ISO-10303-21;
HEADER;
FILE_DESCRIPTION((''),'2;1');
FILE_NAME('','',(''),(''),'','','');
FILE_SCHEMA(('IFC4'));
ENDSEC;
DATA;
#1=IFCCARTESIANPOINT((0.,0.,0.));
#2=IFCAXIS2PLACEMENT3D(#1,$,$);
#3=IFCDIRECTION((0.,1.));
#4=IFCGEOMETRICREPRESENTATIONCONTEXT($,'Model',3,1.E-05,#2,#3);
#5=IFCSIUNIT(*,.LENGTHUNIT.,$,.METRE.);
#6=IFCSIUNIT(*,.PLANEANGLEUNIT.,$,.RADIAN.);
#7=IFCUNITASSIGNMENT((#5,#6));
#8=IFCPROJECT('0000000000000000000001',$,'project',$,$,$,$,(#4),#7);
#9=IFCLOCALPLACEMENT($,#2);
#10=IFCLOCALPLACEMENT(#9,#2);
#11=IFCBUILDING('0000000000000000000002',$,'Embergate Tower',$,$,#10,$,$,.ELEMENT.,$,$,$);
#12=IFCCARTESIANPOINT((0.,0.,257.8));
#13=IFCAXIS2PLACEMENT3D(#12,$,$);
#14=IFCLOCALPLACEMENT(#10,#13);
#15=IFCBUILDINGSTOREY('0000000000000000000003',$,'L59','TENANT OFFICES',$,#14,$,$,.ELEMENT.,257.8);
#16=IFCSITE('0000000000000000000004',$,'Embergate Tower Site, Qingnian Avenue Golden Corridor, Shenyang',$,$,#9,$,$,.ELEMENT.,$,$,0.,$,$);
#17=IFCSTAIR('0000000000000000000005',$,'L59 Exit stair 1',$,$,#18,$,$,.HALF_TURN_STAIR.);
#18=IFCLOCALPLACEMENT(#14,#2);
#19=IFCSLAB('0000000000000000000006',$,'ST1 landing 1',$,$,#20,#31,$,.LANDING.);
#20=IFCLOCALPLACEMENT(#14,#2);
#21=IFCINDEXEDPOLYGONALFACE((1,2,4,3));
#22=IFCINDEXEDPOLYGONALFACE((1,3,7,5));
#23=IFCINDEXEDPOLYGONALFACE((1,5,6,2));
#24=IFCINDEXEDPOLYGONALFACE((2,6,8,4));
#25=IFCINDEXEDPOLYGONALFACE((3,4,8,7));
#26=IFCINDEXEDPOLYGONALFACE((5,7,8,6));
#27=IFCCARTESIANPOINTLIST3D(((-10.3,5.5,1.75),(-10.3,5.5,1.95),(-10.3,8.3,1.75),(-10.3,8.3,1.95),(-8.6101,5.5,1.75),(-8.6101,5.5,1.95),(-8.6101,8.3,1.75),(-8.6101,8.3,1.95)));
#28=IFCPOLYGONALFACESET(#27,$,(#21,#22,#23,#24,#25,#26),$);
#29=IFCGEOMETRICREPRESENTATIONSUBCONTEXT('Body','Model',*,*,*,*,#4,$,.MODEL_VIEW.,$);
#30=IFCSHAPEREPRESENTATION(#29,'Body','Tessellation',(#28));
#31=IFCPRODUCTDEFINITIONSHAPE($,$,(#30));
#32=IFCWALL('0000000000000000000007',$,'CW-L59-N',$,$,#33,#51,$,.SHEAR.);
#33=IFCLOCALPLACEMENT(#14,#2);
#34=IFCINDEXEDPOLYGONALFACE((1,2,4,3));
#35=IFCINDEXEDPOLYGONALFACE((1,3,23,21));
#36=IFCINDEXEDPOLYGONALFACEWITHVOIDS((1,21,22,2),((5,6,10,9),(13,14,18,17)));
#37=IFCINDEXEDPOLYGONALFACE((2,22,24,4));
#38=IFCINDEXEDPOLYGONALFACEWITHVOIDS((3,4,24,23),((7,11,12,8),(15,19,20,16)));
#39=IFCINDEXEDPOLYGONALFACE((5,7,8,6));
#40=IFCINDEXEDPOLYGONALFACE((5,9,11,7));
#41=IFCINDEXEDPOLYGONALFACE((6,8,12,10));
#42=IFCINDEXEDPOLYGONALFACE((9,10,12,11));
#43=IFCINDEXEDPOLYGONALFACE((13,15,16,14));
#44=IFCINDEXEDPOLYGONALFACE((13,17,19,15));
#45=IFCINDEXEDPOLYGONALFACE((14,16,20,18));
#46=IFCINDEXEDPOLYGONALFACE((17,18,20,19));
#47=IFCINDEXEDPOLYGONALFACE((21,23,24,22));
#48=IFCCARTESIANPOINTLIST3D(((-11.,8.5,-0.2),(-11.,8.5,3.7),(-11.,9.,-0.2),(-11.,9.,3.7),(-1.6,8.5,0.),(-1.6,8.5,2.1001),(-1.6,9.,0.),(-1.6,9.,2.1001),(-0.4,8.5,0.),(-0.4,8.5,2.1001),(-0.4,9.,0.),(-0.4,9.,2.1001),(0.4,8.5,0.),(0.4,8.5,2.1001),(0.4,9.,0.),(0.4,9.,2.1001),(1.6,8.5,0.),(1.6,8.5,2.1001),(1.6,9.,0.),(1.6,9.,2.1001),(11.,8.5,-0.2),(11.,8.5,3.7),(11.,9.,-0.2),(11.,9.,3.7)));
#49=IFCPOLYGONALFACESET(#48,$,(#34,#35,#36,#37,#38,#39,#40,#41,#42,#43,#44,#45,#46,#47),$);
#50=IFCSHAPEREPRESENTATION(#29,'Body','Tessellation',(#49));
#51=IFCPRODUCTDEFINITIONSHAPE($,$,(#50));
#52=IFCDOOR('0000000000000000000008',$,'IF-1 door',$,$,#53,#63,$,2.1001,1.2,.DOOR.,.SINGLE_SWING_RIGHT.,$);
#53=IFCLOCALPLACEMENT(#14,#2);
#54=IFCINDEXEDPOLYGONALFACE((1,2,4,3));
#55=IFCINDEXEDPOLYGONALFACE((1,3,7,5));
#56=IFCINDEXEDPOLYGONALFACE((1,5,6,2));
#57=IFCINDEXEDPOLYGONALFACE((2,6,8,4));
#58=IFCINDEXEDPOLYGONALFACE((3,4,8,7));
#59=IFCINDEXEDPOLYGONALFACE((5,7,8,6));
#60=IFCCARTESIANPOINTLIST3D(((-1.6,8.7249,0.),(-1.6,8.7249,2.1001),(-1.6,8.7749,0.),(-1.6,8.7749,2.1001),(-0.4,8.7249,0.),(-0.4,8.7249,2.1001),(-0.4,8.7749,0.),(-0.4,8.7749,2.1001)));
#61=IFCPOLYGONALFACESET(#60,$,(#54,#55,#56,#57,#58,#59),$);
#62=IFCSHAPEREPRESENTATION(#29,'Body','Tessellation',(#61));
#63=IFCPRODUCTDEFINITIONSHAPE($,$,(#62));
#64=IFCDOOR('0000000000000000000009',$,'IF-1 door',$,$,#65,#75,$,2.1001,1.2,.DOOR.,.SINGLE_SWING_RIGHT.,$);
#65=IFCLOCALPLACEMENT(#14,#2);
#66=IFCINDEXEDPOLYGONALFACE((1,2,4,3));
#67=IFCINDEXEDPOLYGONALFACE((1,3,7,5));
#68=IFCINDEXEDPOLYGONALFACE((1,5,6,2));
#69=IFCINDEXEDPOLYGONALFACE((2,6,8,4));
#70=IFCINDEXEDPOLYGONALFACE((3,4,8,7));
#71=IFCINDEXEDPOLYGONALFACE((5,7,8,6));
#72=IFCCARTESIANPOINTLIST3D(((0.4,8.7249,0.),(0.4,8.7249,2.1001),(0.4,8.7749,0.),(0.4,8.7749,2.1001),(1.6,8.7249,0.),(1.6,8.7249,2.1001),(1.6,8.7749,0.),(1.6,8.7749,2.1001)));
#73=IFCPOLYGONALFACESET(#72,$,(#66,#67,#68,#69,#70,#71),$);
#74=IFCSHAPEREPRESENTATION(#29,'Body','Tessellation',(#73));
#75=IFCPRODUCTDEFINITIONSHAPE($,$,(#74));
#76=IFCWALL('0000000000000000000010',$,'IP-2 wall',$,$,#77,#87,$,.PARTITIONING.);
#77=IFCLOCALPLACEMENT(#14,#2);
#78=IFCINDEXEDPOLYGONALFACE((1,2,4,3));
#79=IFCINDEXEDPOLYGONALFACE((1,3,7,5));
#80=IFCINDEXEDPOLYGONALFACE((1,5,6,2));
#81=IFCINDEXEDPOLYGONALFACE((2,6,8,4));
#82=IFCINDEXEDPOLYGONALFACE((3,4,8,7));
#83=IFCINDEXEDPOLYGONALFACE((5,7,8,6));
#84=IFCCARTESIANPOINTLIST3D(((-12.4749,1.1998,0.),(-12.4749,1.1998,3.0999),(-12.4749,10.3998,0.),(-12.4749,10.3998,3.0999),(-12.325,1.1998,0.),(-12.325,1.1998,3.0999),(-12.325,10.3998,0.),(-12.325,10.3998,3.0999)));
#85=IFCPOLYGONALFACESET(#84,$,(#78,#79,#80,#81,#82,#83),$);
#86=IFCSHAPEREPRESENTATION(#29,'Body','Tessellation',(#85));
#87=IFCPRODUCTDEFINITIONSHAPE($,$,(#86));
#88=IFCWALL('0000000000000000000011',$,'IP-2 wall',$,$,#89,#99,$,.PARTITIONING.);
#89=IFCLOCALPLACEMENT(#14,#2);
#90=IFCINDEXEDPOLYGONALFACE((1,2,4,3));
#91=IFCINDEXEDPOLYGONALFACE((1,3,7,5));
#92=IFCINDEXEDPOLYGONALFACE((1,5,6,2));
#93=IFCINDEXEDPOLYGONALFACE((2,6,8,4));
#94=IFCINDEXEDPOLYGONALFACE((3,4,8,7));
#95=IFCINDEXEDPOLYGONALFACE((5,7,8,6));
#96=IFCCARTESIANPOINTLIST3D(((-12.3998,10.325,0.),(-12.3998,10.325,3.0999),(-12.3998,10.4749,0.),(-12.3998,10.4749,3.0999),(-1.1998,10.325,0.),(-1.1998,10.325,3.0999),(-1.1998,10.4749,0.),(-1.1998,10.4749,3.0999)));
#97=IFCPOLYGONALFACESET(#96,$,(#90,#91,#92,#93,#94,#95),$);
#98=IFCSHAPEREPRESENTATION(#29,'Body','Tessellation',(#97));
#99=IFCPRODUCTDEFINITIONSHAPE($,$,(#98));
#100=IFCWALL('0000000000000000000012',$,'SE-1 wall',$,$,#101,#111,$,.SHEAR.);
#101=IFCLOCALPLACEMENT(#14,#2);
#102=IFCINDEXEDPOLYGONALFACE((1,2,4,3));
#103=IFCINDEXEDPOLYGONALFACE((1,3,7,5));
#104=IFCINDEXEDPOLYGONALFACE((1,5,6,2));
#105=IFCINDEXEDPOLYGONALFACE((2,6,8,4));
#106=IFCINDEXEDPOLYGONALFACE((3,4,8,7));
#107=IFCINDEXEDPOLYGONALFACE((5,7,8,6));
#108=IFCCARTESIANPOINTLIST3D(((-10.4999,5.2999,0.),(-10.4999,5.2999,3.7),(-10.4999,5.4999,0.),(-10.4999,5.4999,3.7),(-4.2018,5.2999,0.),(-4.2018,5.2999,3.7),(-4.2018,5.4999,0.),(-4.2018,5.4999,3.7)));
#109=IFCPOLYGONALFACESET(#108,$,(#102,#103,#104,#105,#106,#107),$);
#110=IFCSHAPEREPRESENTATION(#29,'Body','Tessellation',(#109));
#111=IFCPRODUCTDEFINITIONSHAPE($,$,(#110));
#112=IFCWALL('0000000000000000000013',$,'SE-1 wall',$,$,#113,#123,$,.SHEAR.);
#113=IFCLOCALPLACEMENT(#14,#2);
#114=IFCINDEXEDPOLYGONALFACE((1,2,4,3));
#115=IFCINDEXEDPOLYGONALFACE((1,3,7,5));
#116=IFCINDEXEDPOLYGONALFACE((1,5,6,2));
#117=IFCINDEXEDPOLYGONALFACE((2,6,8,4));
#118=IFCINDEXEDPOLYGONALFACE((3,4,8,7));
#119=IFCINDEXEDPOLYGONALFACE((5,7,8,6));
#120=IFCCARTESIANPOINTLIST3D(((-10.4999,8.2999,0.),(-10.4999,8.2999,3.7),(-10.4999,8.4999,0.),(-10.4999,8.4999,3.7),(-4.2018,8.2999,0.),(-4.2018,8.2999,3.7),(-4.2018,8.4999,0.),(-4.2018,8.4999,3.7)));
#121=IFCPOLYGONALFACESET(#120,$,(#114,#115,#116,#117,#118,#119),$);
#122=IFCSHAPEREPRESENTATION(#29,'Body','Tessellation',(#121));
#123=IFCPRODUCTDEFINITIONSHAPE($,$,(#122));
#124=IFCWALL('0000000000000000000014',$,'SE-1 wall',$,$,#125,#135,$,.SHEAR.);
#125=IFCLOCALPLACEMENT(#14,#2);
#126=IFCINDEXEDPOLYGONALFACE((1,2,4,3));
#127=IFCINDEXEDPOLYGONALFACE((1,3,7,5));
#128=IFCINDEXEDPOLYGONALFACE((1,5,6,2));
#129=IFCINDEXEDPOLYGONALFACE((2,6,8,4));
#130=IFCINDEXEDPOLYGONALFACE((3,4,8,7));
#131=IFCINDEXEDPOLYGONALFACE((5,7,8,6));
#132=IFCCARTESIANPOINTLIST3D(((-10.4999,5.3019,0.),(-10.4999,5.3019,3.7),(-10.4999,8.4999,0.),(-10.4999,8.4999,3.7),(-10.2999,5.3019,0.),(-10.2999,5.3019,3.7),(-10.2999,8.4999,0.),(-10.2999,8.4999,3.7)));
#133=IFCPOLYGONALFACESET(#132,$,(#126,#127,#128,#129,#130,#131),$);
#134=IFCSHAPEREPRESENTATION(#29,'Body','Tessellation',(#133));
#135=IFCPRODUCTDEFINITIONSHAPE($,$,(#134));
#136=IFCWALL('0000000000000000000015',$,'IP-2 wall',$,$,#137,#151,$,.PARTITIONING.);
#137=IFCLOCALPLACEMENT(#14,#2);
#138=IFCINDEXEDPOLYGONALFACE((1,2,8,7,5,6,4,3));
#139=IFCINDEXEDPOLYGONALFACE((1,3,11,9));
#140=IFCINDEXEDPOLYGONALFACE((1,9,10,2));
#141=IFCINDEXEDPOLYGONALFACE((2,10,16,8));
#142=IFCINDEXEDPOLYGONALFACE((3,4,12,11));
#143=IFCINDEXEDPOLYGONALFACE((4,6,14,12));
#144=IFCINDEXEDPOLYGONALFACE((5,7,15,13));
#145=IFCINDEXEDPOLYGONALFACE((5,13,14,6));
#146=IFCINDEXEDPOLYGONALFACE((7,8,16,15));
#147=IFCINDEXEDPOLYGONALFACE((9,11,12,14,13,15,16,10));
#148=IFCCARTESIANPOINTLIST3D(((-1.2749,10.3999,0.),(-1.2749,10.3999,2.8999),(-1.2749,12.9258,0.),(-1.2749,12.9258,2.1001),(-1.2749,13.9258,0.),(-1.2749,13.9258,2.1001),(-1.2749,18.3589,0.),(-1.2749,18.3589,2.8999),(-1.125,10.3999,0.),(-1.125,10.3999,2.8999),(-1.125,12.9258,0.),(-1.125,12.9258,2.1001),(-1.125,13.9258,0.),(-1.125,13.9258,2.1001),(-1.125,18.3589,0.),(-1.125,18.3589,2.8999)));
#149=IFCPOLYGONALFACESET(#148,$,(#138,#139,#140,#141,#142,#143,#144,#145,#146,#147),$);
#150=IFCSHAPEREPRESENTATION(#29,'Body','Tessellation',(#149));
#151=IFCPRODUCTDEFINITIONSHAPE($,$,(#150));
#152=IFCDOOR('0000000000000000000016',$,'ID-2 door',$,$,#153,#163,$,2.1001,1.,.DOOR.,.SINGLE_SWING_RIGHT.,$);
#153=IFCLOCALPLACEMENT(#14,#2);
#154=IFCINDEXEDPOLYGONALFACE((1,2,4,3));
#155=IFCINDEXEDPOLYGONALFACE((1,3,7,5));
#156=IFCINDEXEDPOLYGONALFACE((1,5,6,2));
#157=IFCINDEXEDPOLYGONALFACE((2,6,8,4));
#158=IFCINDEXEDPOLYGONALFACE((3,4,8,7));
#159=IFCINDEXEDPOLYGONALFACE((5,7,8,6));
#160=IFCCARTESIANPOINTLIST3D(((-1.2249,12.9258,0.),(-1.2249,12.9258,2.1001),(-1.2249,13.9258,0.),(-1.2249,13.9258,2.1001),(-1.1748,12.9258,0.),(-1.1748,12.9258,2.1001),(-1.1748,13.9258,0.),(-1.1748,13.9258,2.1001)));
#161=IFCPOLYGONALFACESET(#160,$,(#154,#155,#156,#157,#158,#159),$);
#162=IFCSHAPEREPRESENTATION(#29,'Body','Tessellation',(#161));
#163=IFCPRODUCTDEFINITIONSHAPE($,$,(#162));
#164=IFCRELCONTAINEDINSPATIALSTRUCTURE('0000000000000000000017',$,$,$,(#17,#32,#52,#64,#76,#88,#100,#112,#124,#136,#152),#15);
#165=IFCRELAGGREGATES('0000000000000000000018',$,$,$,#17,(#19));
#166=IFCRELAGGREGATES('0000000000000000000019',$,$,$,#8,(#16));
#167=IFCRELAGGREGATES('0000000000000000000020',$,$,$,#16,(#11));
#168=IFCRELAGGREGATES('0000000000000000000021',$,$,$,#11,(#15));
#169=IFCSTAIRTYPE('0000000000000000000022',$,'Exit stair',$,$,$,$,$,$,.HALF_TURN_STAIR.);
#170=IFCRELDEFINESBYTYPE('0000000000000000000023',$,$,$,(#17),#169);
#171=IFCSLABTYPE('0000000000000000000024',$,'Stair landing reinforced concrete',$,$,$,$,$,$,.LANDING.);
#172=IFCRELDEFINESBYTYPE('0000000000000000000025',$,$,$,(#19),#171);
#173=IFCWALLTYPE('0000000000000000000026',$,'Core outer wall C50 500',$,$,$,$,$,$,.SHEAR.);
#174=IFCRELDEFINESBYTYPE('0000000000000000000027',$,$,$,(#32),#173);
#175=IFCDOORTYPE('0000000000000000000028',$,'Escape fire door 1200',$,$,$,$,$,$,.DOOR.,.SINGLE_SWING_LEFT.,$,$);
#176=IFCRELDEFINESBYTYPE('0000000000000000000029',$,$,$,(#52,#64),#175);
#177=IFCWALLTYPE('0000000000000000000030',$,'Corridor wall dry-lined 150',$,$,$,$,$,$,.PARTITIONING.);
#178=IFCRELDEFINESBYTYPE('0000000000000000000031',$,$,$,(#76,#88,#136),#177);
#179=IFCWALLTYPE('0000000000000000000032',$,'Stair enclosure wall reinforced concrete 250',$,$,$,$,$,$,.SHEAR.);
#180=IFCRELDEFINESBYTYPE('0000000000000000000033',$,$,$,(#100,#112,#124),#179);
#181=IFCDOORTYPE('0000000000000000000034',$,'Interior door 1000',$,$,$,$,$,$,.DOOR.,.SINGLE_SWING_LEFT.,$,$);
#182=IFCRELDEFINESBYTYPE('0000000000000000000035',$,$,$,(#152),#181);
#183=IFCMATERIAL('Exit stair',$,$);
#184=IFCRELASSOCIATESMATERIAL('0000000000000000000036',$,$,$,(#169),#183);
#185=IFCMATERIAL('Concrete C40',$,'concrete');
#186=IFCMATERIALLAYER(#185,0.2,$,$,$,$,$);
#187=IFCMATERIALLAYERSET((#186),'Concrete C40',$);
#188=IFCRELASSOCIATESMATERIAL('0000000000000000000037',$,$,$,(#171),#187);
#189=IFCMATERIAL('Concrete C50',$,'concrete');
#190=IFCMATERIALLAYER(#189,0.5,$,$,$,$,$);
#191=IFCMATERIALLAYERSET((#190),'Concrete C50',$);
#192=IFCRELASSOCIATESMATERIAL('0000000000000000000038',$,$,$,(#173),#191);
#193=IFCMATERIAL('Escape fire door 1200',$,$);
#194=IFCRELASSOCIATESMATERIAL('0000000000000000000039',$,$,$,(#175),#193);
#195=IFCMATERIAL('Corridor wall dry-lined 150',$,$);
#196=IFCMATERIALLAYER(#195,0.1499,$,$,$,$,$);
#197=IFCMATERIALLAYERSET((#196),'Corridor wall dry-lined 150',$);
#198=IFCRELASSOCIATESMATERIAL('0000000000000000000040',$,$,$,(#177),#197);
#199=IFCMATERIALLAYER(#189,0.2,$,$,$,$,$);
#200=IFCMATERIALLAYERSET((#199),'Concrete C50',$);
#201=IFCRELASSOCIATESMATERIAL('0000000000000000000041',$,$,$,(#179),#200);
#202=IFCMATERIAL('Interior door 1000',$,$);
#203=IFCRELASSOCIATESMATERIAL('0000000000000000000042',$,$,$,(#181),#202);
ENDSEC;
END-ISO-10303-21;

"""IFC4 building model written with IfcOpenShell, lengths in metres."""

from ifc_helpers import new_model, si_unit, direction, frame, frame_2d, origin, place, context, subcontext, project, spatial, polyline, rectangle, outline, extrude, source, transform, mapped, material, layer, layer_set, type_object, element, fill, aggregate, save


model = new_model("IFC4")

# Units and contexts
model_context = context("Model", 3, precision=1e-05, world=origin(), true_north=direction((0.0, 1.0)))
body_context = subcontext(model_context, "Body", "Model", "MODEL_VIEW")
ifc_project = project(units=[si_unit("LENGTHUNIT", "METRE"), si_unit("PLANEANGLEUNIT", "RADIAN")], contexts=[model_context])

# Site, building, storey
site_placement = place(None, origin())
site = spatial("IfcSite", under=ifc_project, at=site_placement, Name="Embergate Tower Site, Qingnian Avenue Golden Corridor, Shenyang", CompositionType="ELEMENT", RefElevation=0.0)
building_placement = place(site_placement, origin())
building = spatial("IfcBuilding", under=site, at=building_placement, Name="Embergate Tower", CompositionType="ELEMENT")
storey_placement = place(building_placement, frame((0.0, 0.0, 257.8)))
storey = spatial("IfcBuildingStorey", under=building, at=storey_placement, Name="L59", Description="TENANT OFFICES", CompositionType="ELEMENT", Elevation=257.8)

# Stair, slab
ifc_material_1 = material(Name="Exit stair")
stair_type = type_object("IfcStairType", Name="Exit stair", PredefinedType="HALF_TURN_STAIR", material=ifc_material_1)
stair_placement = place(storey_placement, origin())
stair = element("IfcStair", 1, at=stair_placement, inside=storey, type_object=stair_type, Name="L59 Exit stair 1", PredefinedType="HALF_TURN_STAIR")
ifc_material_2 = material(Name="Concrete C40", Category="concrete")
ifc_layer_1 = layer(ifc_material_2, 0.2)
ifc_layer_set_1 = layer_set([ifc_layer_1], Name="Concrete C40")
slab_type = type_object("IfcSlabType", Name="Stair landing reinforced concrete", PredefinedType="LANDING", material=ifc_layer_set_1)
shared_shape_1 = source(origin(), body_context, "Body", "SweptSolid", [
    extrude(outline(polyline([(0.0, 0.0), (1.6899, 0.0), (1.6899, 2.8), (0.0, 2.8), (0.0, 0.0)])), origin(), (0.0, 0.0, 1.0), 0.2),
])
slab_placement = place(storey_placement, frame((-10.3, 5.5, 1.75)))
slab = element("IfcSlab", 2, at=slab_placement, type_object=slab_type, Name="ST1 landing 1", PredefinedType="LANDING", context=body_context, shape_type="MappedRepresentation", body=[
    mapped(shared_shape_1, transform((0.0, 0.0, 0.0))),
])

# Wall, openings, doors
ifc_material_3 = material(Name="Concrete C50", Category="concrete")
ifc_layer_2 = layer(ifc_material_3, 0.5)
ifc_layer_set_2 = layer_set([ifc_layer_2], Name="Concrete C50")
wall_type_1 = type_object("IfcWallType", Name="Core outer wall C50 500", PredefinedType="SHEAR", material=ifc_layer_set_2)
shared_shape_2 = source(origin(), body_context, "Body", "SweptSolid", [
    extrude(rectangle(XDim=22.0, YDim=0.5, at=frame_2d((11.0, 0.0))), origin(), (0.0, 0.0, 1.0), 3.8999),
])
wall_1_placement = place(storey_placement, frame((-11.0, 8.75, -0.2), z_axis=(0.0, 0.0, 1.0), x_axis=(1.0, 0.0, 0.0)))
wall_1 = element("IfcWall", 3, at=wall_1_placement, inside=storey, type_object=wall_type_1, Name="CW-L59-N", PredefinedType="SHEAR", context=body_context, shape_type="MappedRepresentation", body=[
    mapped(shared_shape_2, transform((0.0, 0.0, 0.0))),
])
shared_shape_3 = source(origin(), body_context, "Body", "SweptSolid", [
    extrude(rectangle(XDim=1.2, YDim=2.1001, at=frame_2d((0.6001, 1.05))), frame((0.0, 0.26, 0.0), z_axis=(0.0, -1.0, 0.0), x_axis=(1.0, 0.0, 0.0)), (0.0, 0.0, 1.0), 0.52),
])
opening_1_placement = place(wall_1_placement, frame((9.3999, 0.0, 0.2)))
opening_1 = element("IfcOpeningElement", 4, at=opening_1_placement, cuts=wall_1, PredefinedType="OPENING", context=body_context, shape_type="MappedRepresentation", body=[
    mapped(shared_shape_3, transform((0.0, 0.0, 0.0))),
])
opening_2_placement = place(wall_1_placement, frame((11.3999, 0.0, 0.2)))
opening_2 = element("IfcOpeningElement", 5, at=opening_2_placement, cuts=wall_1, PredefinedType="OPENING", context=body_context, shape_type="MappedRepresentation", body=[
    mapped(shared_shape_3, transform((0.0, 0.0, 0.0))),
])
ifc_material_4 = material(Name="Escape fire door 1200")
door_type_1 = type_object("IfcDoorType", Name="Escape fire door 1200", OperationType="SINGLE_SWING_LEFT", PredefinedType="DOOR", material=ifc_material_4)
shared_shape_4 = source(origin(), body_context, "Body", "SweptSolid", [
    extrude(rectangle(XDim=1.2, YDim=2.1001, at=frame_2d((0.6001, 1.05))), frame((0.0, 0.0249, 0.0), z_axis=(0.0, -1.0, 0.0), x_axis=(1.0, 0.0, 0.0)), (0.0, 0.0, 1.0), 0.05),
])
door_1_placement = place(opening_1_placement, origin())
door_1 = element("IfcDoor", 6, at=door_1_placement, inside=storey, type_object=door_type_1, Name="IF-1 door", OperationType="SINGLE_SWING_RIGHT", OverallHeight=2.1001, OverallWidth=1.2, PredefinedType="DOOR", context=body_context, shape_type="MappedRepresentation", body=[
    mapped(shared_shape_4, transform((0.0, 0.0, 0.0))),
])
fill(opening_1, door_1)
door_2_placement = place(opening_2_placement, origin())
door_2 = element("IfcDoor", 7, at=door_2_placement, inside=storey, type_object=door_type_1, Name="IF-1 door", OperationType="SINGLE_SWING_RIGHT", OverallHeight=2.1001, OverallWidth=1.2, PredefinedType="DOOR", context=body_context, shape_type="MappedRepresentation", body=[
    mapped(shared_shape_4, transform((0.0, 0.0, 0.0))),
])
fill(opening_2, door_2)

# Walls
ifc_material_5 = material(Name="Corridor wall dry-lined 150")
ifc_layer_3 = layer(ifc_material_5, 0.1499)
ifc_layer_set_3 = layer_set([ifc_layer_3], Name="Corridor wall dry-lined 150")
wall_type_2 = type_object("IfcWallType", Name="Corridor wall dry-lined 150", PredefinedType="PARTITIONING", material=ifc_layer_set_3)
shared_shape_5 = source(origin(), body_context, "Body", "SweptSolid", [
    extrude(rectangle(XDim=9.2, YDim=0.1499, at=frame_2d((4.6001, 0.0))), origin(), (0.0, 0.0, 1.0), 3.0999),
])
wall_2_placement = place(storey_placement, frame((-12.3999, 10.3999, 0.0), z_axis=(0.0, 0.0, 1.0), x_axis=(0.0, -1.0, 0.0)))
element("IfcWall", 8, at=wall_2_placement, inside=storey, type_object=wall_type_2, Name="IP-2 wall", PredefinedType="PARTITIONING", context=body_context, shape_type="MappedRepresentation", body=[
    mapped(shared_shape_5, transform((0.0, 0.0, 0.0))),
])
shared_shape_6 = source(origin(), body_context, "Body", "SweptSolid", [
    extrude(rectangle(XDim=11.2, YDim=0.1499, at=frame_2d((5.6001, 0.0))), origin(), (0.0, 0.0, 1.0), 3.0999),
])
wall_3_placement = place(storey_placement, frame((-12.3999, 10.3999, 0.0), z_axis=(0.0, 0.0, 1.0), x_axis=(1.0, 0.0, 0.0)))
element("IfcWall", 9, at=wall_3_placement, inside=storey, type_object=wall_type_2, Name="IP-2 wall", PredefinedType="PARTITIONING", context=body_context, shape_type="MappedRepresentation", body=[
    mapped(shared_shape_6, transform((0.0, 0.0, 0.0))),
])
ifc_layer_4 = layer(ifc_material_3, 0.2)
ifc_layer_set_4 = layer_set([ifc_layer_4], Name="Concrete C50")
wall_type_3 = type_object("IfcWallType", Name="Stair enclosure wall reinforced concrete 250", PredefinedType="SHEAR", material=ifc_layer_set_4)
shared_shape_7 = source(origin(), body_context, "Body", "SweptSolid", [
    extrude(rectangle(XDim=6.2981, YDim=0.2, at=frame_2d((3.1489, 0.0))), origin(), (0.0, 0.0, 1.0), 3.7),
])
for number, where, z_axis, x_axis, name in (
    (10, (-4.2019, 5.3999, 0.0), (0.0, 0.0, 1.0), (-1.0, 0.0, 0.0), "SE-1 wall"),
    (11, (-4.2019, 8.3999, 0.0), (0.0, 0.0, 1.0), (-1.0, 0.0, 0.0), "SE-1 wall"),
):
    element("IfcWall", number, at=place(storey_placement, frame(where, z_axis=z_axis, x_axis=x_axis)), inside=storey, type_object=wall_type_3, Name=name, PredefinedType="SHEAR", context=body_context, shape_type="MappedRepresentation", body=[
        mapped(shared_shape_7, transform((0.0, 0.0, 0.0))),
    ])
shared_shape_8 = source(origin(), body_context, "Body", "SweptSolid", [
    extrude(rectangle(XDim=3.198, YDim=0.2, at=frame_2d((1.5991, 0.0))), origin(), (0.0, 0.0, 1.0), 3.7),
])
wall_4_placement = place(storey_placement, frame((-10.3999, 8.5, 0.0), z_axis=(0.0, 0.0, 1.0), x_axis=(0.0, -1.0, 0.0)))
element("IfcWall", 12, at=wall_4_placement, inside=storey, type_object=wall_type_3, Name="SE-1 wall", PredefinedType="SHEAR", context=body_context, shape_type="MappedRepresentation", body=[
    mapped(shared_shape_8, transform((0.0, 0.0, 0.0))),
])

# Wall, opening, door
shared_shape_9 = source(origin(), body_context, "Body", "SweptSolid", [
    extrude(rectangle(XDim=7.959, YDim=0.1499, at=frame_2d((3.9795, 0.0))), origin(), (0.0, 0.0, 1.0), 2.8999),
])
wall_5_placement = place(storey_placement, frame((-1.2, 10.3999, 0.0), z_axis=(0.0, 0.0, 1.0), x_axis=(0.0, 1.0, 0.0)))
wall_5 = element("IfcWall", 13, at=wall_5_placement, inside=storey, type_object=wall_type_2, Name="IP-2 wall", PredefinedType="PARTITIONING", context=body_context, shape_type="MappedRepresentation", body=[
    mapped(shared_shape_9, transform((0.0, 0.0, 0.0))),
])
shared_shape_10 = source(origin(), body_context, "Body", "SweptSolid", [
    extrude(rectangle(XDim=1.0, YDim=2.1001, at=frame_2d((0.5, 1.05))), frame((0.0, 0.085, 0.0), z_axis=(0.0, -1.0, 0.0), x_axis=(1.0, 0.0, 0.0)), (0.0, 0.0, 1.0), 0.1699),
])
opening_3_placement = place(wall_5_placement, frame((2.5259, 0.0, 0.0)))
opening_3 = element("IfcOpeningElement", 14, at=opening_3_placement, cuts=wall_5, PredefinedType="OPENING", context=body_context, shape_type="MappedRepresentation", body=[
    mapped(shared_shape_10, transform((0.0, 0.0, 0.0))),
])
ifc_material_6 = material(Name="Interior door 1000")
door_type_2 = type_object("IfcDoorType", Name="Interior door 1000", OperationType="SINGLE_SWING_LEFT", PredefinedType="DOOR", material=ifc_material_6)
shared_shape_11 = source(origin(), body_context, "Body", "SweptSolid", [
    extrude(rectangle(XDim=1.0, YDim=2.1001, at=frame_2d((0.5, 1.05))), frame((0.0, 0.0249, 0.0), z_axis=(0.0, -1.0, 0.0), x_axis=(1.0, 0.0, 0.0)), (0.0, 0.0, 1.0), 0.05),
])
door_3_placement = place(opening_3_placement, origin())
door_3 = element("IfcDoor", 15, at=door_3_placement, inside=storey, type_object=door_type_2, Name="ID-2 door", OperationType="SINGLE_SWING_RIGHT", OverallHeight=2.1001, OverallWidth=1.0, PredefinedType="DOOR", context=body_context, shape_type="MappedRepresentation", body=[
    mapped(shared_shape_11, transform((0.0, 0.0, 0.0))),
])
fill(opening_3, door_3)

aggregate(stair, [slab])

save(model, "model.ifc")
